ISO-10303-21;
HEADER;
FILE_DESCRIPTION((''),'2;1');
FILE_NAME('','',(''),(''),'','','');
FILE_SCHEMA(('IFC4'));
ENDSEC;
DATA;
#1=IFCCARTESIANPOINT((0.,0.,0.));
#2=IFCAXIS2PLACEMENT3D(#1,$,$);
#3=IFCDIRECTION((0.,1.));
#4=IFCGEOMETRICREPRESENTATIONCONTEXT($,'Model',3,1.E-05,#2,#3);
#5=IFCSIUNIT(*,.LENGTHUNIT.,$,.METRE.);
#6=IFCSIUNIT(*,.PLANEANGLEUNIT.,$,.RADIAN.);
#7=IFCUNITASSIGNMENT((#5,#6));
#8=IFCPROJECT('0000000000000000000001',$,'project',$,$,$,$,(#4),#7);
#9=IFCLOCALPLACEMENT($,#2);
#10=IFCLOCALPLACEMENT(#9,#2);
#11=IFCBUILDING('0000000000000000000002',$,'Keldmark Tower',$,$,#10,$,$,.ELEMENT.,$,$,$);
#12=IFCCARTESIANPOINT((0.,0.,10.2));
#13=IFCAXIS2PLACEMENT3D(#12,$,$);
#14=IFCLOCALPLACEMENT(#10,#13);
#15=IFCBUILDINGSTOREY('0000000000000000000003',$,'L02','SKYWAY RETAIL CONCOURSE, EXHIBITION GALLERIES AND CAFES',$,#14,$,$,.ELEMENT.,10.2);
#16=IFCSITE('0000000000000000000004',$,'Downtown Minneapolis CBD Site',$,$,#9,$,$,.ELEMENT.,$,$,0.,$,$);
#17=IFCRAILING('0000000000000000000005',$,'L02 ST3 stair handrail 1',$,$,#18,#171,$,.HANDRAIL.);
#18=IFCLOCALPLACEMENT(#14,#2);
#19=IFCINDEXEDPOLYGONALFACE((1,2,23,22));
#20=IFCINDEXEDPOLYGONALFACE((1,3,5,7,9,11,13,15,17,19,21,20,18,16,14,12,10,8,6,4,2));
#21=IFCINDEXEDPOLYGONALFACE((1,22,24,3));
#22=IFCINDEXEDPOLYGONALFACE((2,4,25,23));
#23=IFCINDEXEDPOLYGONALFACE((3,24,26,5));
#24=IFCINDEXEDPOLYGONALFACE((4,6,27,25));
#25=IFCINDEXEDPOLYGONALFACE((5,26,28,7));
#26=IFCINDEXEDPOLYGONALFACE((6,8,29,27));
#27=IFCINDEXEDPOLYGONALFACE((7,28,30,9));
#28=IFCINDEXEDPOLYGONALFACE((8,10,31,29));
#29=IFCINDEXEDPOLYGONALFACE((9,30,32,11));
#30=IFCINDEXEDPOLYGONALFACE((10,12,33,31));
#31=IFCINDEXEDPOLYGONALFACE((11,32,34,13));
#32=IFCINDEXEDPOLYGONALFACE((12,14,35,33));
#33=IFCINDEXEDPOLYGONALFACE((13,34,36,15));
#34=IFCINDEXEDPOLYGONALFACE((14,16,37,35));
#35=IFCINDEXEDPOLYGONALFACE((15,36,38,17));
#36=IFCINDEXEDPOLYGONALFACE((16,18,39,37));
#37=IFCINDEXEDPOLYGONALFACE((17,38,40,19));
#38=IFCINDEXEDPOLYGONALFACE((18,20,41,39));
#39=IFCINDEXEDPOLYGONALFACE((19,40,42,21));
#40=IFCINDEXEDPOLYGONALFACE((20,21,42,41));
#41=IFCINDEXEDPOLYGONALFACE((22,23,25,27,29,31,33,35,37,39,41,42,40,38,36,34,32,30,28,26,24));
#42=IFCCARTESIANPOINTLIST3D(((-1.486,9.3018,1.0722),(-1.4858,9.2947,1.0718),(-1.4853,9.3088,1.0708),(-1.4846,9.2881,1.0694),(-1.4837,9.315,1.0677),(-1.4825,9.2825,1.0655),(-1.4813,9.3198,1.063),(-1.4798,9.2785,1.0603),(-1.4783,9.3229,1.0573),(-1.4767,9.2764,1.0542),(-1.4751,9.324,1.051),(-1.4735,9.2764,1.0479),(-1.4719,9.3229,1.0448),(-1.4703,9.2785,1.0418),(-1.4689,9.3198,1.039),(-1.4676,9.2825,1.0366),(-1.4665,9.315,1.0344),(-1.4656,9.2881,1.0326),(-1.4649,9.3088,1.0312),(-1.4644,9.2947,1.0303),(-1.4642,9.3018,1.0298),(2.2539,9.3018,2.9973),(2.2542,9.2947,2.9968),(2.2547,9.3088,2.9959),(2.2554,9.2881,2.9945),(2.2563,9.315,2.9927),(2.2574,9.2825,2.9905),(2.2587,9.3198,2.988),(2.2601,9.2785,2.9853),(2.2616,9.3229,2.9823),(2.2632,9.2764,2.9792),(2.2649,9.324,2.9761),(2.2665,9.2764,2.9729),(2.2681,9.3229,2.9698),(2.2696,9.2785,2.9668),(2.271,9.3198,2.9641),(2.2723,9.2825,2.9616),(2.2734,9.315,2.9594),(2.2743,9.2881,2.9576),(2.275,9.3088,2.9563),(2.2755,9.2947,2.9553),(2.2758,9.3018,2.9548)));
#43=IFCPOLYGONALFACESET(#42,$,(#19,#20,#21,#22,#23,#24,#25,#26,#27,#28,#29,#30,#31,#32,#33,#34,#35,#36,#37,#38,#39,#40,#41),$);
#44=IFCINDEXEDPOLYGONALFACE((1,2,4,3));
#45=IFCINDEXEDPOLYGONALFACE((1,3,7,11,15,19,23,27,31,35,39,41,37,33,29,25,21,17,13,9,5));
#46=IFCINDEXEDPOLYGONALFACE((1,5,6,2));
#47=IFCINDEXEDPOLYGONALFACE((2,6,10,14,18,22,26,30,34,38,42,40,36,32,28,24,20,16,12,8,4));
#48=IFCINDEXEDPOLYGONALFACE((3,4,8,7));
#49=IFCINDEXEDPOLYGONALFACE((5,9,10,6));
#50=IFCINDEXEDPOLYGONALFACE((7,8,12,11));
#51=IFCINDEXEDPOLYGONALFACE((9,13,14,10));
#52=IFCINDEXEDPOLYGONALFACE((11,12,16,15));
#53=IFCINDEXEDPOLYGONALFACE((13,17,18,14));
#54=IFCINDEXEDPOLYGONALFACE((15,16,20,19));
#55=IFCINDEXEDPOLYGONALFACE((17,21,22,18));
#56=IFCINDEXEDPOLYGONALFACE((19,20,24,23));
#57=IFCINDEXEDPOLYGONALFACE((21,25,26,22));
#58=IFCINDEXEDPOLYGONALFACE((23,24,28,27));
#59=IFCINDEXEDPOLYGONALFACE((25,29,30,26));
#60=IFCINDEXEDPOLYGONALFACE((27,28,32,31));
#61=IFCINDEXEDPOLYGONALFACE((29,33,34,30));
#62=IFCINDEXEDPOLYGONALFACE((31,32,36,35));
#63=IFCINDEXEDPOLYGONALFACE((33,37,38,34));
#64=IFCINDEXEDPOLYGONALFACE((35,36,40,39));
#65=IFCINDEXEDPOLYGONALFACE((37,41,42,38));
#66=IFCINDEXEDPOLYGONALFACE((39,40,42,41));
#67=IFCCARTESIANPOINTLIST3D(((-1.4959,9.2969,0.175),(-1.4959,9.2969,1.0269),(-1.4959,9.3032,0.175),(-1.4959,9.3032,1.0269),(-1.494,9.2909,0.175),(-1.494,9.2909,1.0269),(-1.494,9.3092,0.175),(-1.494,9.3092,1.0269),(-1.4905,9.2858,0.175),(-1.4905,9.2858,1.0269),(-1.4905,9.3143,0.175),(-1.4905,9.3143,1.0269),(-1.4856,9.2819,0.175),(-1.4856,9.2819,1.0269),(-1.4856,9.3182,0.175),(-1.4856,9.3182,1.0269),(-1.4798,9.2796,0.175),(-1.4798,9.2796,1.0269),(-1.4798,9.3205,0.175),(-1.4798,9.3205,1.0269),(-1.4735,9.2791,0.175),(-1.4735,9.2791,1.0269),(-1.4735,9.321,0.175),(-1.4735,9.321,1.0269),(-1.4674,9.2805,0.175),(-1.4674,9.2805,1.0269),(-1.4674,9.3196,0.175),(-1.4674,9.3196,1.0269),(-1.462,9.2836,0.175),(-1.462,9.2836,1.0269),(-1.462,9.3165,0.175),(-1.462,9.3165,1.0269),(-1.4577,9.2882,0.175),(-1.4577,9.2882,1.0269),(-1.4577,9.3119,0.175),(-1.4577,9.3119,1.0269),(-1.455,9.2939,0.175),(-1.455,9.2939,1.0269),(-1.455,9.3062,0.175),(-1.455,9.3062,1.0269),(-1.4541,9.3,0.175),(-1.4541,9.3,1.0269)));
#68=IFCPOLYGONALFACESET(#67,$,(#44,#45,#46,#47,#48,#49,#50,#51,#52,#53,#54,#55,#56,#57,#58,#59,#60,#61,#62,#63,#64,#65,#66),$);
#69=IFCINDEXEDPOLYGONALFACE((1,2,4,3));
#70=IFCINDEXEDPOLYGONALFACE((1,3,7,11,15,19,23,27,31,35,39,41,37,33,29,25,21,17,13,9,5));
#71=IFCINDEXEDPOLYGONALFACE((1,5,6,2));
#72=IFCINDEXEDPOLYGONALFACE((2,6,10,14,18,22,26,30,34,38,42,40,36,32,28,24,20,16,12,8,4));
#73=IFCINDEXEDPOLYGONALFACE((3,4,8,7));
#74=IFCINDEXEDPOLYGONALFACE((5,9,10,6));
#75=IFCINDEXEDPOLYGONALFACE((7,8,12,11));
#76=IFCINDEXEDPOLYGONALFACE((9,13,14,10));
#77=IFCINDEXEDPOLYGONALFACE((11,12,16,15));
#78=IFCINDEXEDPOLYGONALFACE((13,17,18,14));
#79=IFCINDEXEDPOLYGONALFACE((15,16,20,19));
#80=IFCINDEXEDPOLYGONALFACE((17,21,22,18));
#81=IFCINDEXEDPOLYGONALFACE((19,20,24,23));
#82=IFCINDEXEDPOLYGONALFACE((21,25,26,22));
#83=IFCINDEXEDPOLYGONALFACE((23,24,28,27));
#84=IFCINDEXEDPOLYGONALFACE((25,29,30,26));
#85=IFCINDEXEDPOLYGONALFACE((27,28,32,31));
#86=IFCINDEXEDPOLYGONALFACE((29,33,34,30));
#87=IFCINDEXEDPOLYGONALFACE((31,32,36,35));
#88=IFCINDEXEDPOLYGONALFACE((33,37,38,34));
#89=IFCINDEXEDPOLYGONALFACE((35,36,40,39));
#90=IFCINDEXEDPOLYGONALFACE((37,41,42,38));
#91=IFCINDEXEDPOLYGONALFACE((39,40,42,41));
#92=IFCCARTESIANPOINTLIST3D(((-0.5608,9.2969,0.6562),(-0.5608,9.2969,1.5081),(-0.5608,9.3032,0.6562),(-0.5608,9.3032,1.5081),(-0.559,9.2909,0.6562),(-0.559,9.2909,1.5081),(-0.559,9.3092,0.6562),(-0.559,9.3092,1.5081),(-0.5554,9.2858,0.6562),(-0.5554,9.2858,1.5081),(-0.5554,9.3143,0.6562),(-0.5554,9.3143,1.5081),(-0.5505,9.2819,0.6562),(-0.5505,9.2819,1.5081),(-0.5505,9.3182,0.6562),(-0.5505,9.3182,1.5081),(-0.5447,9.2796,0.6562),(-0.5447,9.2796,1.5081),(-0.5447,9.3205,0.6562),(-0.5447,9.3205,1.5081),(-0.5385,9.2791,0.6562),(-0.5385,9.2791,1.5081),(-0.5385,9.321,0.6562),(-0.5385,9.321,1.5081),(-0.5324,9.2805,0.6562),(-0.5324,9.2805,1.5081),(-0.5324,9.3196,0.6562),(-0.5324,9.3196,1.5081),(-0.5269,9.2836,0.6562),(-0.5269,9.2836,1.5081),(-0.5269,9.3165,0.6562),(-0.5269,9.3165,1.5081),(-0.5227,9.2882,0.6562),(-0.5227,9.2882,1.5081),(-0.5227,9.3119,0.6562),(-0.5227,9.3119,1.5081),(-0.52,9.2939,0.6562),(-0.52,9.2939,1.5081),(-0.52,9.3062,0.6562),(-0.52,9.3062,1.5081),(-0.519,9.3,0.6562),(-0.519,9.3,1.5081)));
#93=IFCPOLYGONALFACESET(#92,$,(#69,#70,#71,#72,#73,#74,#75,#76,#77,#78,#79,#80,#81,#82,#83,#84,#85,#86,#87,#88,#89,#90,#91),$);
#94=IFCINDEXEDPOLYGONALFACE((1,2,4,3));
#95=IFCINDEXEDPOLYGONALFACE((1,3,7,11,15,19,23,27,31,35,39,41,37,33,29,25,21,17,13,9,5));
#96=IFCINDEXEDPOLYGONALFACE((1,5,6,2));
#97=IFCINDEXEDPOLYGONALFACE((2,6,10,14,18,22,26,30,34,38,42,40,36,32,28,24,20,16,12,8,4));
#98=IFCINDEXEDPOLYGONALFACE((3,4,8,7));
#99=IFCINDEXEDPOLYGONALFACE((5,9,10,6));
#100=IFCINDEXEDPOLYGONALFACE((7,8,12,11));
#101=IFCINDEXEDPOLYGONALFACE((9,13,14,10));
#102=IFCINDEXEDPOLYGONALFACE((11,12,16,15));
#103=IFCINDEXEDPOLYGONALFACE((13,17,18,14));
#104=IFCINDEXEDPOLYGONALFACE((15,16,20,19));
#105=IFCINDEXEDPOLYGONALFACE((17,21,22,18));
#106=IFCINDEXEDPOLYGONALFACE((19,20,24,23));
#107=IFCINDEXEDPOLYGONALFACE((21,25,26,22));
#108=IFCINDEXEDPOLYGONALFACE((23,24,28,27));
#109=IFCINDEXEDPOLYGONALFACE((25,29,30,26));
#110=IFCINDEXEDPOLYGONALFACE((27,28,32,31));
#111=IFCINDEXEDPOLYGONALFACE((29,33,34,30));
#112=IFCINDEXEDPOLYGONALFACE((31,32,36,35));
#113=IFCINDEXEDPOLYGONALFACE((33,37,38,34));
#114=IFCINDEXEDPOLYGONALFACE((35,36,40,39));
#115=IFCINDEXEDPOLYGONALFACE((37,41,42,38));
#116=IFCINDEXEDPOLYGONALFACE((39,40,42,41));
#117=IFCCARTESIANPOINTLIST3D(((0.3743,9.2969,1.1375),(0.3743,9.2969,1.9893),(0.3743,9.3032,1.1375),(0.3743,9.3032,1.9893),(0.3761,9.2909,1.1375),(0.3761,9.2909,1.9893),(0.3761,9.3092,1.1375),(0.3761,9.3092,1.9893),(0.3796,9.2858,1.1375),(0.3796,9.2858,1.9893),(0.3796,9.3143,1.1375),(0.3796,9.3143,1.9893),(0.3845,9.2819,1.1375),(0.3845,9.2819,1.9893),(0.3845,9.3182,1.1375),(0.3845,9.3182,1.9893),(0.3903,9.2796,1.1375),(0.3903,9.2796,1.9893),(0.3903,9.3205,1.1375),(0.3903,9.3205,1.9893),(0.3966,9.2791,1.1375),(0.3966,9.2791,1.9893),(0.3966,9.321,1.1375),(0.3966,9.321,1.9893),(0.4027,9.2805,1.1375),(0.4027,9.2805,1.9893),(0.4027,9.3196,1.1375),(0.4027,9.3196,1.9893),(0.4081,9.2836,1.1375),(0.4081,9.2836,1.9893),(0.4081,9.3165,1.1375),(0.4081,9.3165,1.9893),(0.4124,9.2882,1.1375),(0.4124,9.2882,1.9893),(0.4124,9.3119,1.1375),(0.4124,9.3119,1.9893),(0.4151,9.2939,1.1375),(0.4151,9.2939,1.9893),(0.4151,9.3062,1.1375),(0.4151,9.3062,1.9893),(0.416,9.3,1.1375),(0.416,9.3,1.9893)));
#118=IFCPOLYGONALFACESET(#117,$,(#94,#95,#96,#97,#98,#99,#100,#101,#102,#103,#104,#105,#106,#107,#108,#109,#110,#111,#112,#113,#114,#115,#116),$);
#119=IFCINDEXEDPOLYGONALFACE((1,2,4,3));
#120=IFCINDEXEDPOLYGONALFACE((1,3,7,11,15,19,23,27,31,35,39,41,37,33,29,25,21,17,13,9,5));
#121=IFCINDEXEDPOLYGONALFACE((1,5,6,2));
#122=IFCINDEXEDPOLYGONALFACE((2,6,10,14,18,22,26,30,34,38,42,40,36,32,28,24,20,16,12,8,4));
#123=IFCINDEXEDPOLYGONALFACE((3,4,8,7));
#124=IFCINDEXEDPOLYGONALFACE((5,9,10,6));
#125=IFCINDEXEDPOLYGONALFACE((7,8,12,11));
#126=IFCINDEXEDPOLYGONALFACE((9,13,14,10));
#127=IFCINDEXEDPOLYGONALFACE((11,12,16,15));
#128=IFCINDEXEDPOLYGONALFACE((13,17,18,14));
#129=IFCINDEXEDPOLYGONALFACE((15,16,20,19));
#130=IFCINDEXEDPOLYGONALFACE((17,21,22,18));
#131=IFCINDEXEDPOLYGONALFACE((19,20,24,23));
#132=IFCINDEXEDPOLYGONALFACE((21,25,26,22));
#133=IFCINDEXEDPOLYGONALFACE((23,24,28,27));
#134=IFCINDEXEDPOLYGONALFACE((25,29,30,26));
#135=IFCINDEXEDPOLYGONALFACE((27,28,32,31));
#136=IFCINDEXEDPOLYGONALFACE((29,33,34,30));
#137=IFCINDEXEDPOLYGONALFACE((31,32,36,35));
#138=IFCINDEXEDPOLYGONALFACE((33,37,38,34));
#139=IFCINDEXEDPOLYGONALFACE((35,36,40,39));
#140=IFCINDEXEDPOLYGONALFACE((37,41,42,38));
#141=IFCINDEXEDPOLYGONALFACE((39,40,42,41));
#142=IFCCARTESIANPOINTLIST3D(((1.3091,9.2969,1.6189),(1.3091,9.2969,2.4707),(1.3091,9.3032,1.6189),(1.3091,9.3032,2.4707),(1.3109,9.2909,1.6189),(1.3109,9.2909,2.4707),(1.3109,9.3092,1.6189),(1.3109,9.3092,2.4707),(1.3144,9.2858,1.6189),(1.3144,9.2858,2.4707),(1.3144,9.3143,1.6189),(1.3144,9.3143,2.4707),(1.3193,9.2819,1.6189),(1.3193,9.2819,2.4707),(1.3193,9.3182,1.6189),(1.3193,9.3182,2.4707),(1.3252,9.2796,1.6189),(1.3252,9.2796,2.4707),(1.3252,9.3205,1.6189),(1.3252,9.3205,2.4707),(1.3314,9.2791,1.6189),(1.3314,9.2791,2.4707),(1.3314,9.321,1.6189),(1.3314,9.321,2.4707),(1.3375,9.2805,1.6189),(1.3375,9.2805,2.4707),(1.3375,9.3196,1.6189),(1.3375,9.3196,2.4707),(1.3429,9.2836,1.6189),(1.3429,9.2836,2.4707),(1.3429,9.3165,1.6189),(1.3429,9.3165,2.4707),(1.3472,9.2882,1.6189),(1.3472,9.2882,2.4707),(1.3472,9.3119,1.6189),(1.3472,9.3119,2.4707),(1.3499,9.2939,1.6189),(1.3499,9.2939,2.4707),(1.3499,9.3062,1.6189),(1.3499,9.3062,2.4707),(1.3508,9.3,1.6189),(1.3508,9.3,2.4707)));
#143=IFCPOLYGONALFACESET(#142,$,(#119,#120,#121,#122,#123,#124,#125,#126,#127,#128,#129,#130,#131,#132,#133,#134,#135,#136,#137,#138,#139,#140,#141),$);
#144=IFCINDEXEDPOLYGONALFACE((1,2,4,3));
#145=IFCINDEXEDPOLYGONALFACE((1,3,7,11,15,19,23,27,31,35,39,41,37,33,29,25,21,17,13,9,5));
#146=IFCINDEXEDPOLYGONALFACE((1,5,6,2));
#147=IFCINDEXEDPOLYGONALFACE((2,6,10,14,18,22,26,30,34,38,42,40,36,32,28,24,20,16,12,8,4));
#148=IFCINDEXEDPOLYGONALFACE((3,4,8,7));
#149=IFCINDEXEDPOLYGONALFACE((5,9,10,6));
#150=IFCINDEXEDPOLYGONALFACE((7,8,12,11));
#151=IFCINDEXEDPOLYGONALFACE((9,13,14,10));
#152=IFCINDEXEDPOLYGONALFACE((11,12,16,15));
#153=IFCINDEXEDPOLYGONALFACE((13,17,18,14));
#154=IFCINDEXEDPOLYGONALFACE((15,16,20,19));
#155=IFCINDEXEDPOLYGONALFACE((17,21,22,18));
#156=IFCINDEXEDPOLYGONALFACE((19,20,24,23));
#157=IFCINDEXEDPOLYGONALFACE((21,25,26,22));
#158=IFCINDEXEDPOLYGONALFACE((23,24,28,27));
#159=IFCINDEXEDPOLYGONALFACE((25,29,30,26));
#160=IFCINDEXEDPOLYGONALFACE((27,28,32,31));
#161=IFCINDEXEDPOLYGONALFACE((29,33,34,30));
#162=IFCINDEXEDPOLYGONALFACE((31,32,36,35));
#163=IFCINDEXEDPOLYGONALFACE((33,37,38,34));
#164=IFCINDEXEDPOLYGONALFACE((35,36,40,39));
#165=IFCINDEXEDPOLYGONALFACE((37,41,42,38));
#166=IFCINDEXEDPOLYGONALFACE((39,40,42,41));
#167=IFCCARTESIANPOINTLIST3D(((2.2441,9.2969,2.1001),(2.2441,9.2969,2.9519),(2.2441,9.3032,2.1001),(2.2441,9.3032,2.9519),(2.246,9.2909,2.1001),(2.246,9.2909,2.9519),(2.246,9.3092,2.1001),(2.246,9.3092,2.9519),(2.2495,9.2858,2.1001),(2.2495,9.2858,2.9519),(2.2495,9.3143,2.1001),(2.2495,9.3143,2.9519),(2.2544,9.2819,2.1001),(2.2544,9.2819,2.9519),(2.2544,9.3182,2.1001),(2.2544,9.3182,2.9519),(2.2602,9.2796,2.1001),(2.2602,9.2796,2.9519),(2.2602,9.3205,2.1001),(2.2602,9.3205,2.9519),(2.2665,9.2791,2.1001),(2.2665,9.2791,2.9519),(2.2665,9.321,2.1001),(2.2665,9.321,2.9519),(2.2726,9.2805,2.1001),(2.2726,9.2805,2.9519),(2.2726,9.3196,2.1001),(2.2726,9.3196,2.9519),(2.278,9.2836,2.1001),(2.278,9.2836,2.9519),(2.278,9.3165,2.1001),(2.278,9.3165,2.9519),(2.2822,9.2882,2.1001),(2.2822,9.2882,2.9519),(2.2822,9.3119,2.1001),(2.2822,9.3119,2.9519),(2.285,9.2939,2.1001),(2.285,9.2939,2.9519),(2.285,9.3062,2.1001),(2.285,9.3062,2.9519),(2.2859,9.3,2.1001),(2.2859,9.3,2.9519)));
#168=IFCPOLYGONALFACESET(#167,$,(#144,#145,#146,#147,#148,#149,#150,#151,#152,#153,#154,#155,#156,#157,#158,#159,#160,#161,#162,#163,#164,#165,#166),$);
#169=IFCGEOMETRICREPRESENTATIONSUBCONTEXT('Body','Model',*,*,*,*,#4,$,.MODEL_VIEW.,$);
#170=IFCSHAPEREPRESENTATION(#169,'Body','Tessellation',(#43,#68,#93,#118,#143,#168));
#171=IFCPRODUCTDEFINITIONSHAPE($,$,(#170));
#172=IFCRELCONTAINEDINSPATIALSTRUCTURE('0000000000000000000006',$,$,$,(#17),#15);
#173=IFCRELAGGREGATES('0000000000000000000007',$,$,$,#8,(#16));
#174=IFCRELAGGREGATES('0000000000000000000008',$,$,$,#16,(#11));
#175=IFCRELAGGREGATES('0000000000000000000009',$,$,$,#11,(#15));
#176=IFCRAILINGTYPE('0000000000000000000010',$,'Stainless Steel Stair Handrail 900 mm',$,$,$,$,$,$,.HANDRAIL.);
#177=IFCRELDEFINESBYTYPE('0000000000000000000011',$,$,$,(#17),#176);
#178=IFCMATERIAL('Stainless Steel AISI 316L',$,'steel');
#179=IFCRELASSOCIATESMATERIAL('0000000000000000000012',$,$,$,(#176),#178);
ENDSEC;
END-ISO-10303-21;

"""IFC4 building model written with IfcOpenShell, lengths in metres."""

from ifc_helpers import new_model, si_unit, direction, frame, origin, origin_2d, place, context, subcontext, project, spatial, circle, extrude, material, type_object, element, save


model = new_model("IFC4")

# Units and contexts
model_context = context("Model", 3, precision=1e-05, world=origin(), true_north=direction((0.0, 1.0)))
body_context = subcontext(model_context, "Body", "Model", "MODEL_VIEW")
ifc_project = project(units=[si_unit("LENGTHUNIT", "METRE"), si_unit("PLANEANGLEUNIT", "RADIAN")], contexts=[model_context])

# Site, building, storey
site_placement = place(None, origin())
site = spatial("IfcSite", under=ifc_project, at=site_placement, Name="Downtown Minneapolis CBD Site", CompositionType="ELEMENT", RefElevation=0.0)
building_placement = place(site_placement, origin())
building = spatial("IfcBuilding", under=site, at=building_placement, Name="Keldmark Tower", CompositionType="ELEMENT")
storey_placement = place(building_placement, frame((0.0, 0.0, 10.2)))
storey = spatial("IfcBuildingStorey", under=building, at=storey_placement, Name="L02", Description="SKYWAY RETAIL CONCOURSE, EXHIBITION GALLERIES AND CAFES", CompositionType="ELEMENT", Elevation=10.2)

# Railing
ifc_material_1 = material(Name="Stainless Steel AISI 316L", Category="steel")
railing_type_1 = type_object("IfcRailingType", Name="Stainless Steel Stair Handrail 900 mm", PredefinedType="HANDRAIL", material=ifc_material_1)
railing_1_placement = place(storey_placement, frame((-1.4751, 9.3, 0.175)))
element("IfcRailing", 1, at=railing_1_placement, inside=storey, type_object=railing_type_1, Name="L02 ST3 stair handrail 1", PredefinedType="HANDRAIL", context=body_context, shape_type="SweptSolid", body=[
    extrude(circle(Radius=0.0239, at=origin_2d()), frame((0.0, 0.0, 0.876), z_axis=(0.889131, 0.0, 0.457654), x_axis=(0.0, 1.0, 0.0)), (0.0, 0.0, 1.0), 4.2063),
    extrude(circle(Radius=0.021, at=origin_2d()), origin(), (0.0, 0.0, 1.0), 0.8518),
    extrude(circle(Radius=0.021, at=origin_2d()), frame((0.9351, 0.0, 0.4812)), (0.0, 0.0, 1.0), 0.8518),
    extrude(circle(Radius=0.021, at=origin_2d()), frame((1.8701, 0.0, 0.9624)), (0.0, 0.0, 1.0), 0.8518),
    extrude(circle(Radius=0.021, at=origin_2d()), frame((2.8049, 0.0, 1.4438)), (0.0, 0.0, 1.0), 0.8518),
    extrude(circle(Radius=0.021, at=origin_2d()), frame((3.74, 0.0, 1.925)), (0.0, 0.0, 1.0), 0.8518),
])

save(model, "model.ifc")
